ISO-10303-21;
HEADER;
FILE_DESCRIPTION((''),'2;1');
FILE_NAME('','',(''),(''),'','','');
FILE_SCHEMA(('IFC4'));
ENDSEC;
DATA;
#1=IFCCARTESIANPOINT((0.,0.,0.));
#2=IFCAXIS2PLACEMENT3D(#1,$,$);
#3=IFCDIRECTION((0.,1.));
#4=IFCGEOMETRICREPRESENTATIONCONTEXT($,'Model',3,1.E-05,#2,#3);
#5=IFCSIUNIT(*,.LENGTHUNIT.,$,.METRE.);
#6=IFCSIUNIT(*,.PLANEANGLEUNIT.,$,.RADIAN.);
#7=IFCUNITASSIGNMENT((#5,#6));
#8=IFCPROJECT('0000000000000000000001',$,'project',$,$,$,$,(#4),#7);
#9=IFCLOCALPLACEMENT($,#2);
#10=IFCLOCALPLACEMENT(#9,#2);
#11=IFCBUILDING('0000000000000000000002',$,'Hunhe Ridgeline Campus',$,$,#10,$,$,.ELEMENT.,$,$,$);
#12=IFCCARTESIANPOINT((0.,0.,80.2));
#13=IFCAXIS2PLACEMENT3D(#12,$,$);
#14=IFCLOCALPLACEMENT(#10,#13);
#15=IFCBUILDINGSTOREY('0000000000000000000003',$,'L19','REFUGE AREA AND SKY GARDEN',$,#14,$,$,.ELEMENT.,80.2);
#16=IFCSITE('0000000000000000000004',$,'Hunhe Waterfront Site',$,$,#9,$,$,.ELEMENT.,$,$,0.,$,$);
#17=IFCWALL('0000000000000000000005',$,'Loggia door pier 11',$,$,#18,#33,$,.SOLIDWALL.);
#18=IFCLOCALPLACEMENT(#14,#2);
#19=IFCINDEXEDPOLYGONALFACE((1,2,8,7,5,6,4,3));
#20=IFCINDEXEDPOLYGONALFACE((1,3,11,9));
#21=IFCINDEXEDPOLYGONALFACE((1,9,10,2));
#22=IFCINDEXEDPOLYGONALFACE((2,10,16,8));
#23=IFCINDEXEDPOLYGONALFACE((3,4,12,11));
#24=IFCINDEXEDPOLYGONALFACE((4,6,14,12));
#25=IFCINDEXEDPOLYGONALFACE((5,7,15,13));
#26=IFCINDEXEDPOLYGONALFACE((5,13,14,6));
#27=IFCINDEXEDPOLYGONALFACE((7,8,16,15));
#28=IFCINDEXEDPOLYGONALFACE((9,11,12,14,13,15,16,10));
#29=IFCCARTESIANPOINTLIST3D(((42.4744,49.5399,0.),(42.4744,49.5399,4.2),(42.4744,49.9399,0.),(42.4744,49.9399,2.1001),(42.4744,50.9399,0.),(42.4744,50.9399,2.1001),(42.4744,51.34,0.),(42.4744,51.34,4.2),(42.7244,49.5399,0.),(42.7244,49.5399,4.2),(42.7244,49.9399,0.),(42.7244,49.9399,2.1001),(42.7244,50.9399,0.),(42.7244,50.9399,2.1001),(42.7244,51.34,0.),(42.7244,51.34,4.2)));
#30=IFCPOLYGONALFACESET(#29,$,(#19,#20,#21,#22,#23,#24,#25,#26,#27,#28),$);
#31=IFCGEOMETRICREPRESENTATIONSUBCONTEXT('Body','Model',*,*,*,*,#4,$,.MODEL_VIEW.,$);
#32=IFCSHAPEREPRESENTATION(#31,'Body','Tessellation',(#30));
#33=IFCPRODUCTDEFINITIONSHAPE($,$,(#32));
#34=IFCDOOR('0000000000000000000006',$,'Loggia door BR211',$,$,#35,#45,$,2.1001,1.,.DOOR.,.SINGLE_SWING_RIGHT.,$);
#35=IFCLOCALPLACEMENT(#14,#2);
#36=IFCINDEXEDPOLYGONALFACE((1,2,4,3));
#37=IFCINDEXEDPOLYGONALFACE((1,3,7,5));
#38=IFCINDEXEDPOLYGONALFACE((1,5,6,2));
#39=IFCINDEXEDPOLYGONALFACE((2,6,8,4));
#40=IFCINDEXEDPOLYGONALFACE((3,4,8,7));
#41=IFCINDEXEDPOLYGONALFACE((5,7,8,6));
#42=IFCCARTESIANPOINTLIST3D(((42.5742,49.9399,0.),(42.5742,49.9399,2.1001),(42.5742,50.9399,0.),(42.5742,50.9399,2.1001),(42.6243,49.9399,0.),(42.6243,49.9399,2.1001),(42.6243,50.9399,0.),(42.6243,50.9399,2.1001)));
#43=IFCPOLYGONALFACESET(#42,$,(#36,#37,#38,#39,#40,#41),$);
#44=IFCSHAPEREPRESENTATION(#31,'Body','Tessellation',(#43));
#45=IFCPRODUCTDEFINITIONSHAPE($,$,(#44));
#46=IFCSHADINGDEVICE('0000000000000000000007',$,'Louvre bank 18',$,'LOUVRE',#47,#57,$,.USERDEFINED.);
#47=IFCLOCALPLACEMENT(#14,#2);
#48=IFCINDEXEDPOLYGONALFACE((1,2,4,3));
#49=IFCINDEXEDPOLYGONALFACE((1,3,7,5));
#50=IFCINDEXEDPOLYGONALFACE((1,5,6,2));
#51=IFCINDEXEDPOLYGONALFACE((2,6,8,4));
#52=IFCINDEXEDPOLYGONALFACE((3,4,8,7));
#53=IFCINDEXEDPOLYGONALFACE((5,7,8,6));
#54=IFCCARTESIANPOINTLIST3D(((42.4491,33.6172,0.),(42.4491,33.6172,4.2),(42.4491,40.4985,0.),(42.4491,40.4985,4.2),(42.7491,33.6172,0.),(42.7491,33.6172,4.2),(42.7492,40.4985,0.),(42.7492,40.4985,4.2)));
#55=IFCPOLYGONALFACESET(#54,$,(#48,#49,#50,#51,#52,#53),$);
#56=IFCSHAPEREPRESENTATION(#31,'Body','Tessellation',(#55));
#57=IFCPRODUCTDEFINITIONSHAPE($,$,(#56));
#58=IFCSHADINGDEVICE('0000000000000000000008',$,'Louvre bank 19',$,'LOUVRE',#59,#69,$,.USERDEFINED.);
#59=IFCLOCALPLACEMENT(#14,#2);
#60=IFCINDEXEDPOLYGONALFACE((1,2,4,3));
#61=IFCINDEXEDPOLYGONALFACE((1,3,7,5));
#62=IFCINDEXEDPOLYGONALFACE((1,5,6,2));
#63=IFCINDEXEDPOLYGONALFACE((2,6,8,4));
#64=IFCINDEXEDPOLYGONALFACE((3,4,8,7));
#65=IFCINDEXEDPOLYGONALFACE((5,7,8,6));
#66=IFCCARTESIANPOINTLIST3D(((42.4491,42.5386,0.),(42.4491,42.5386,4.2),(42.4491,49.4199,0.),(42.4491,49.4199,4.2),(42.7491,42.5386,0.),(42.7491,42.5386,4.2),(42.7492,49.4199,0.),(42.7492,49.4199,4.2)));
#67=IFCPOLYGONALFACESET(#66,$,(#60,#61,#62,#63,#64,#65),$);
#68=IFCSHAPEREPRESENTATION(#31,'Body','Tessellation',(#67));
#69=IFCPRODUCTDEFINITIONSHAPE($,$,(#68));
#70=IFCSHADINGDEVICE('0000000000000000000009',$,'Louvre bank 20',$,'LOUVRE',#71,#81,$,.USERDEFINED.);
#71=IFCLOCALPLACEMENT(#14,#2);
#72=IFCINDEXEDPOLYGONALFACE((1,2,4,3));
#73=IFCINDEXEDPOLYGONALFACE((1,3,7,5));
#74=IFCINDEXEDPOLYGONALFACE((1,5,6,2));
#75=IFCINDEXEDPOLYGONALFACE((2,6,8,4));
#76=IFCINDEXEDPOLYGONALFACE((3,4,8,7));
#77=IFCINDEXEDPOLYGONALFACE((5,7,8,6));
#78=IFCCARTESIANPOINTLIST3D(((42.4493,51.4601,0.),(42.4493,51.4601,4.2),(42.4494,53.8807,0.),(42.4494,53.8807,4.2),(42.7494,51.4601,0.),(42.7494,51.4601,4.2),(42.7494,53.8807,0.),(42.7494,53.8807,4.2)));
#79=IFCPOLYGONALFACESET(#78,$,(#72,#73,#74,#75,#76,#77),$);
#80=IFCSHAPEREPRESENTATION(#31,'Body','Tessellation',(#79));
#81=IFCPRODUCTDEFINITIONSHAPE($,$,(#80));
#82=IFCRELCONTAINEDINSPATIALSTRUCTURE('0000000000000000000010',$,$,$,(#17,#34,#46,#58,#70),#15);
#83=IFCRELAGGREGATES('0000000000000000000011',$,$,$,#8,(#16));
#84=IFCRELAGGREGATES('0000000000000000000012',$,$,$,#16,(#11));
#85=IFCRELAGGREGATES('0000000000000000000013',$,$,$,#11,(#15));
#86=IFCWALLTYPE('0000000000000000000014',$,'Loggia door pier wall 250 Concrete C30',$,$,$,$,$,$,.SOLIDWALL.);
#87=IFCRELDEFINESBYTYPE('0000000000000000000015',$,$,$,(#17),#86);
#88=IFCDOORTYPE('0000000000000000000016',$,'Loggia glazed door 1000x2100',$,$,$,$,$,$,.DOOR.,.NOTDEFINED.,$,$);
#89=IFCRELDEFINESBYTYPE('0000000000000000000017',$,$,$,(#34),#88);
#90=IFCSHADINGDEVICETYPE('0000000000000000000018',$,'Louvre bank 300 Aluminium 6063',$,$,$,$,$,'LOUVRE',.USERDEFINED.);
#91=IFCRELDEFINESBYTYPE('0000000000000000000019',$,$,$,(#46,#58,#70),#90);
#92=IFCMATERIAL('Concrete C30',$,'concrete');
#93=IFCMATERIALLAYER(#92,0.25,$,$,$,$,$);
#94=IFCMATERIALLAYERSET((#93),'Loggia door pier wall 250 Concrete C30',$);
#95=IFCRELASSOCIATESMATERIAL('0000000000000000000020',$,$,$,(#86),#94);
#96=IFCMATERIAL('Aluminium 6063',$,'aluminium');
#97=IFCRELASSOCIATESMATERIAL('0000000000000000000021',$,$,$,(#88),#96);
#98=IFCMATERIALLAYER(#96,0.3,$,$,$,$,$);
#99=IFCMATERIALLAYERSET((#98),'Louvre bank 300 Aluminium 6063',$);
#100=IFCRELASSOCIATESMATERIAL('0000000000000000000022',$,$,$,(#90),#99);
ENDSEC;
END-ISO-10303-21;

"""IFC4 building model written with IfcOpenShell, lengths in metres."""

from ifc_helpers import new_model, si_unit, direction, frame, frame_2d, origin, origin_2d, place, context, subcontext, project, spatial, rectangle, extrude, material, layer, layer_set, type_object, element, fill, save


model = new_model("IFC4")

# Units and contexts
model_context = context("Model", 3, precision=1e-05, world=origin(), true_north=direction((0.0, 1.0)))
body_context = subcontext(model_context, "Body", "Model", "MODEL_VIEW")
ifc_project = project(units=[si_unit("LENGTHUNIT", "METRE"), si_unit("PLANEANGLEUNIT", "RADIAN")], contexts=[model_context])

# Site, building, storey
site_placement = place(None, origin())
site = spatial("IfcSite", under=ifc_project, at=site_placement, Name="Hunhe Waterfront Site", CompositionType="ELEMENT", RefElevation=0.0)
building_placement = place(site_placement, origin())
building = spatial("IfcBuilding", under=site, at=building_placement, Name="Hunhe Ridgeline Campus", CompositionType="ELEMENT")
storey_placement = place(building_placement, frame((0.0, 0.0, 80.2)))
storey = spatial("IfcBuildingStorey", under=building, at=storey_placement, Name="L19", Description="REFUGE AREA AND SKY GARDEN", CompositionType="ELEMENT", Elevation=80.2)

# Shared definitions
ifc_material_1 = material(Name="Aluminium 6063", Category="aluminium")

# Wall, opening, door
ifc_material_2 = material(Name="Concrete C30", Category="concrete")
ifc_layer_1 = layer(ifc_material_2, 0.25)
ifc_layer_set_1 = layer_set([ifc_layer_1], Name="Loggia door pier wall 250 Concrete C30")
wall_type = type_object("IfcWallType", Name="Loggia door pier wall 250 Concrete C30", PredefinedType="SOLIDWALL", material=ifc_layer_set_1)
door_type = type_object("IfcDoorType", Name="Loggia glazed door 1000x2100", OperationType="NOTDEFINED", PredefinedType="DOOR", material=ifc_material_1)
wall_1_placement = place(storey_placement, frame((42.5994, 49.54, 0.0), z_axis=(0.0, 0.0, 1.0), x_axis=(0.0, 1.0, 0.0)))
wall_1 = element("IfcWall", 1, at=wall_1_placement, inside=storey, type_object=wall_type, Name="Loggia door pier 11", PredefinedType="SOLIDWALL", context=body_context, shape_type="SweptSolid", body=[
    extrude(rectangle(XDim=1.8, YDim=0.25, at=frame_2d((0.8999, 0.0))), origin(), (0.0, 0.0, 1.0), 4.2),
])
opening_1_placement = place(wall_1_placement, frame((0.3999, 0.0, 0.0)))
opening_1 = element("IfcOpeningElement", 2, at=opening_1_placement, cuts=wall_1, PredefinedType="OPENING", context=body_context, shape_type="SweptSolid", body=[
    extrude(rectangle(XDim=1.0, YDim=2.1001, at=frame_2d((0.5, 1.05))), frame((0.0, 0.125, 0.0), z_axis=(0.0, -1.0, 0.0), x_axis=(1.0, 0.0, 0.0)), (0.0, 0.0, 1.0), 0.25),
])
door_1_placement = place(opening_1_placement, frame((1.0, 0.0, 0.0), z_axis=(0.0, 0.0, 1.0), x_axis=(-1.0, 0.0, 0.0)))
door_1 = element("IfcDoor", 3, at=door_1_placement, inside=storey, type_object=door_type, Name="Loggia door BR211", OperationType="SINGLE_SWING_RIGHT", OverallHeight=2.1001, OverallWidth=1.0, PredefinedType="DOOR", context=body_context, shape_type="SweptSolid", body=[
    extrude(rectangle(XDim=1.0, YDim=2.1001, at=frame_2d((0.5, 1.05))), frame((0.0, 0.0249, 0.0), z_axis=(0.0, -1.0, 0.0), x_axis=(1.0, 0.0, 0.0)), (0.0, 0.0, 1.0), 0.05),
])
fill(opening_1, door_1)

# Shading devices
ifc_layer_2 = layer(ifc_material_1, 0.3)
ifc_layer_set_2 = layer_set([ifc_layer_2], Name="Louvre bank 300 Aluminium 6063")
shading_device_type = type_object("IfcShadingDeviceType", Name="Louvre bank 300 Aluminium 6063", ElementType="LOUVRE", PredefinedType="USERDEFINED", material=ifc_layer_set_2)
for number, where, z_axis, x_axis, name in (
    (4, (42.5991, 37.0579, 0.0), (0.0, 0.0, 1.0), (0.000011, 1.0, 0.0), "Louvre bank 18"),
    (5, (42.5991, 45.9792, 0.0), (0.0, 0.0, 1.0), (0.000011, 1.0, 0.0), "Louvre bank 19"),
):
    element("IfcShadingDevice", number, at=place(storey_placement, frame(where, z_axis=z_axis, x_axis=x_axis)), inside=storey, type_object=shading_device_type, Name=name, ObjectType="LOUVRE", PredefinedType="USERDEFINED", context=body_context, shape_type="SweptSolid", body=[
        extrude(rectangle(XDim=6.8813, YDim=0.3, at=origin_2d()), origin(), (0.0, 0.0, 1.0), 4.2),
    ])
shading_device_placement = place(storey_placement, frame((42.5994, 52.6704, 0.0), z_axis=(0.0, 0.0, 1.0), x_axis=(0.000011, 1.0, 0.0)))
element("IfcShadingDevice", 6, at=shading_device_placement, inside=storey, type_object=shading_device_type, Name="Louvre bank 20", ObjectType="LOUVRE", PredefinedType="USERDEFINED", context=body_context, shape_type="SweptSolid", body=[
    extrude(rectangle(XDim=2.4207, YDim=0.3, at=origin_2d()), origin(), (0.0, 0.0, 1.0), 4.2),
])

save(model, "model.ifc")
